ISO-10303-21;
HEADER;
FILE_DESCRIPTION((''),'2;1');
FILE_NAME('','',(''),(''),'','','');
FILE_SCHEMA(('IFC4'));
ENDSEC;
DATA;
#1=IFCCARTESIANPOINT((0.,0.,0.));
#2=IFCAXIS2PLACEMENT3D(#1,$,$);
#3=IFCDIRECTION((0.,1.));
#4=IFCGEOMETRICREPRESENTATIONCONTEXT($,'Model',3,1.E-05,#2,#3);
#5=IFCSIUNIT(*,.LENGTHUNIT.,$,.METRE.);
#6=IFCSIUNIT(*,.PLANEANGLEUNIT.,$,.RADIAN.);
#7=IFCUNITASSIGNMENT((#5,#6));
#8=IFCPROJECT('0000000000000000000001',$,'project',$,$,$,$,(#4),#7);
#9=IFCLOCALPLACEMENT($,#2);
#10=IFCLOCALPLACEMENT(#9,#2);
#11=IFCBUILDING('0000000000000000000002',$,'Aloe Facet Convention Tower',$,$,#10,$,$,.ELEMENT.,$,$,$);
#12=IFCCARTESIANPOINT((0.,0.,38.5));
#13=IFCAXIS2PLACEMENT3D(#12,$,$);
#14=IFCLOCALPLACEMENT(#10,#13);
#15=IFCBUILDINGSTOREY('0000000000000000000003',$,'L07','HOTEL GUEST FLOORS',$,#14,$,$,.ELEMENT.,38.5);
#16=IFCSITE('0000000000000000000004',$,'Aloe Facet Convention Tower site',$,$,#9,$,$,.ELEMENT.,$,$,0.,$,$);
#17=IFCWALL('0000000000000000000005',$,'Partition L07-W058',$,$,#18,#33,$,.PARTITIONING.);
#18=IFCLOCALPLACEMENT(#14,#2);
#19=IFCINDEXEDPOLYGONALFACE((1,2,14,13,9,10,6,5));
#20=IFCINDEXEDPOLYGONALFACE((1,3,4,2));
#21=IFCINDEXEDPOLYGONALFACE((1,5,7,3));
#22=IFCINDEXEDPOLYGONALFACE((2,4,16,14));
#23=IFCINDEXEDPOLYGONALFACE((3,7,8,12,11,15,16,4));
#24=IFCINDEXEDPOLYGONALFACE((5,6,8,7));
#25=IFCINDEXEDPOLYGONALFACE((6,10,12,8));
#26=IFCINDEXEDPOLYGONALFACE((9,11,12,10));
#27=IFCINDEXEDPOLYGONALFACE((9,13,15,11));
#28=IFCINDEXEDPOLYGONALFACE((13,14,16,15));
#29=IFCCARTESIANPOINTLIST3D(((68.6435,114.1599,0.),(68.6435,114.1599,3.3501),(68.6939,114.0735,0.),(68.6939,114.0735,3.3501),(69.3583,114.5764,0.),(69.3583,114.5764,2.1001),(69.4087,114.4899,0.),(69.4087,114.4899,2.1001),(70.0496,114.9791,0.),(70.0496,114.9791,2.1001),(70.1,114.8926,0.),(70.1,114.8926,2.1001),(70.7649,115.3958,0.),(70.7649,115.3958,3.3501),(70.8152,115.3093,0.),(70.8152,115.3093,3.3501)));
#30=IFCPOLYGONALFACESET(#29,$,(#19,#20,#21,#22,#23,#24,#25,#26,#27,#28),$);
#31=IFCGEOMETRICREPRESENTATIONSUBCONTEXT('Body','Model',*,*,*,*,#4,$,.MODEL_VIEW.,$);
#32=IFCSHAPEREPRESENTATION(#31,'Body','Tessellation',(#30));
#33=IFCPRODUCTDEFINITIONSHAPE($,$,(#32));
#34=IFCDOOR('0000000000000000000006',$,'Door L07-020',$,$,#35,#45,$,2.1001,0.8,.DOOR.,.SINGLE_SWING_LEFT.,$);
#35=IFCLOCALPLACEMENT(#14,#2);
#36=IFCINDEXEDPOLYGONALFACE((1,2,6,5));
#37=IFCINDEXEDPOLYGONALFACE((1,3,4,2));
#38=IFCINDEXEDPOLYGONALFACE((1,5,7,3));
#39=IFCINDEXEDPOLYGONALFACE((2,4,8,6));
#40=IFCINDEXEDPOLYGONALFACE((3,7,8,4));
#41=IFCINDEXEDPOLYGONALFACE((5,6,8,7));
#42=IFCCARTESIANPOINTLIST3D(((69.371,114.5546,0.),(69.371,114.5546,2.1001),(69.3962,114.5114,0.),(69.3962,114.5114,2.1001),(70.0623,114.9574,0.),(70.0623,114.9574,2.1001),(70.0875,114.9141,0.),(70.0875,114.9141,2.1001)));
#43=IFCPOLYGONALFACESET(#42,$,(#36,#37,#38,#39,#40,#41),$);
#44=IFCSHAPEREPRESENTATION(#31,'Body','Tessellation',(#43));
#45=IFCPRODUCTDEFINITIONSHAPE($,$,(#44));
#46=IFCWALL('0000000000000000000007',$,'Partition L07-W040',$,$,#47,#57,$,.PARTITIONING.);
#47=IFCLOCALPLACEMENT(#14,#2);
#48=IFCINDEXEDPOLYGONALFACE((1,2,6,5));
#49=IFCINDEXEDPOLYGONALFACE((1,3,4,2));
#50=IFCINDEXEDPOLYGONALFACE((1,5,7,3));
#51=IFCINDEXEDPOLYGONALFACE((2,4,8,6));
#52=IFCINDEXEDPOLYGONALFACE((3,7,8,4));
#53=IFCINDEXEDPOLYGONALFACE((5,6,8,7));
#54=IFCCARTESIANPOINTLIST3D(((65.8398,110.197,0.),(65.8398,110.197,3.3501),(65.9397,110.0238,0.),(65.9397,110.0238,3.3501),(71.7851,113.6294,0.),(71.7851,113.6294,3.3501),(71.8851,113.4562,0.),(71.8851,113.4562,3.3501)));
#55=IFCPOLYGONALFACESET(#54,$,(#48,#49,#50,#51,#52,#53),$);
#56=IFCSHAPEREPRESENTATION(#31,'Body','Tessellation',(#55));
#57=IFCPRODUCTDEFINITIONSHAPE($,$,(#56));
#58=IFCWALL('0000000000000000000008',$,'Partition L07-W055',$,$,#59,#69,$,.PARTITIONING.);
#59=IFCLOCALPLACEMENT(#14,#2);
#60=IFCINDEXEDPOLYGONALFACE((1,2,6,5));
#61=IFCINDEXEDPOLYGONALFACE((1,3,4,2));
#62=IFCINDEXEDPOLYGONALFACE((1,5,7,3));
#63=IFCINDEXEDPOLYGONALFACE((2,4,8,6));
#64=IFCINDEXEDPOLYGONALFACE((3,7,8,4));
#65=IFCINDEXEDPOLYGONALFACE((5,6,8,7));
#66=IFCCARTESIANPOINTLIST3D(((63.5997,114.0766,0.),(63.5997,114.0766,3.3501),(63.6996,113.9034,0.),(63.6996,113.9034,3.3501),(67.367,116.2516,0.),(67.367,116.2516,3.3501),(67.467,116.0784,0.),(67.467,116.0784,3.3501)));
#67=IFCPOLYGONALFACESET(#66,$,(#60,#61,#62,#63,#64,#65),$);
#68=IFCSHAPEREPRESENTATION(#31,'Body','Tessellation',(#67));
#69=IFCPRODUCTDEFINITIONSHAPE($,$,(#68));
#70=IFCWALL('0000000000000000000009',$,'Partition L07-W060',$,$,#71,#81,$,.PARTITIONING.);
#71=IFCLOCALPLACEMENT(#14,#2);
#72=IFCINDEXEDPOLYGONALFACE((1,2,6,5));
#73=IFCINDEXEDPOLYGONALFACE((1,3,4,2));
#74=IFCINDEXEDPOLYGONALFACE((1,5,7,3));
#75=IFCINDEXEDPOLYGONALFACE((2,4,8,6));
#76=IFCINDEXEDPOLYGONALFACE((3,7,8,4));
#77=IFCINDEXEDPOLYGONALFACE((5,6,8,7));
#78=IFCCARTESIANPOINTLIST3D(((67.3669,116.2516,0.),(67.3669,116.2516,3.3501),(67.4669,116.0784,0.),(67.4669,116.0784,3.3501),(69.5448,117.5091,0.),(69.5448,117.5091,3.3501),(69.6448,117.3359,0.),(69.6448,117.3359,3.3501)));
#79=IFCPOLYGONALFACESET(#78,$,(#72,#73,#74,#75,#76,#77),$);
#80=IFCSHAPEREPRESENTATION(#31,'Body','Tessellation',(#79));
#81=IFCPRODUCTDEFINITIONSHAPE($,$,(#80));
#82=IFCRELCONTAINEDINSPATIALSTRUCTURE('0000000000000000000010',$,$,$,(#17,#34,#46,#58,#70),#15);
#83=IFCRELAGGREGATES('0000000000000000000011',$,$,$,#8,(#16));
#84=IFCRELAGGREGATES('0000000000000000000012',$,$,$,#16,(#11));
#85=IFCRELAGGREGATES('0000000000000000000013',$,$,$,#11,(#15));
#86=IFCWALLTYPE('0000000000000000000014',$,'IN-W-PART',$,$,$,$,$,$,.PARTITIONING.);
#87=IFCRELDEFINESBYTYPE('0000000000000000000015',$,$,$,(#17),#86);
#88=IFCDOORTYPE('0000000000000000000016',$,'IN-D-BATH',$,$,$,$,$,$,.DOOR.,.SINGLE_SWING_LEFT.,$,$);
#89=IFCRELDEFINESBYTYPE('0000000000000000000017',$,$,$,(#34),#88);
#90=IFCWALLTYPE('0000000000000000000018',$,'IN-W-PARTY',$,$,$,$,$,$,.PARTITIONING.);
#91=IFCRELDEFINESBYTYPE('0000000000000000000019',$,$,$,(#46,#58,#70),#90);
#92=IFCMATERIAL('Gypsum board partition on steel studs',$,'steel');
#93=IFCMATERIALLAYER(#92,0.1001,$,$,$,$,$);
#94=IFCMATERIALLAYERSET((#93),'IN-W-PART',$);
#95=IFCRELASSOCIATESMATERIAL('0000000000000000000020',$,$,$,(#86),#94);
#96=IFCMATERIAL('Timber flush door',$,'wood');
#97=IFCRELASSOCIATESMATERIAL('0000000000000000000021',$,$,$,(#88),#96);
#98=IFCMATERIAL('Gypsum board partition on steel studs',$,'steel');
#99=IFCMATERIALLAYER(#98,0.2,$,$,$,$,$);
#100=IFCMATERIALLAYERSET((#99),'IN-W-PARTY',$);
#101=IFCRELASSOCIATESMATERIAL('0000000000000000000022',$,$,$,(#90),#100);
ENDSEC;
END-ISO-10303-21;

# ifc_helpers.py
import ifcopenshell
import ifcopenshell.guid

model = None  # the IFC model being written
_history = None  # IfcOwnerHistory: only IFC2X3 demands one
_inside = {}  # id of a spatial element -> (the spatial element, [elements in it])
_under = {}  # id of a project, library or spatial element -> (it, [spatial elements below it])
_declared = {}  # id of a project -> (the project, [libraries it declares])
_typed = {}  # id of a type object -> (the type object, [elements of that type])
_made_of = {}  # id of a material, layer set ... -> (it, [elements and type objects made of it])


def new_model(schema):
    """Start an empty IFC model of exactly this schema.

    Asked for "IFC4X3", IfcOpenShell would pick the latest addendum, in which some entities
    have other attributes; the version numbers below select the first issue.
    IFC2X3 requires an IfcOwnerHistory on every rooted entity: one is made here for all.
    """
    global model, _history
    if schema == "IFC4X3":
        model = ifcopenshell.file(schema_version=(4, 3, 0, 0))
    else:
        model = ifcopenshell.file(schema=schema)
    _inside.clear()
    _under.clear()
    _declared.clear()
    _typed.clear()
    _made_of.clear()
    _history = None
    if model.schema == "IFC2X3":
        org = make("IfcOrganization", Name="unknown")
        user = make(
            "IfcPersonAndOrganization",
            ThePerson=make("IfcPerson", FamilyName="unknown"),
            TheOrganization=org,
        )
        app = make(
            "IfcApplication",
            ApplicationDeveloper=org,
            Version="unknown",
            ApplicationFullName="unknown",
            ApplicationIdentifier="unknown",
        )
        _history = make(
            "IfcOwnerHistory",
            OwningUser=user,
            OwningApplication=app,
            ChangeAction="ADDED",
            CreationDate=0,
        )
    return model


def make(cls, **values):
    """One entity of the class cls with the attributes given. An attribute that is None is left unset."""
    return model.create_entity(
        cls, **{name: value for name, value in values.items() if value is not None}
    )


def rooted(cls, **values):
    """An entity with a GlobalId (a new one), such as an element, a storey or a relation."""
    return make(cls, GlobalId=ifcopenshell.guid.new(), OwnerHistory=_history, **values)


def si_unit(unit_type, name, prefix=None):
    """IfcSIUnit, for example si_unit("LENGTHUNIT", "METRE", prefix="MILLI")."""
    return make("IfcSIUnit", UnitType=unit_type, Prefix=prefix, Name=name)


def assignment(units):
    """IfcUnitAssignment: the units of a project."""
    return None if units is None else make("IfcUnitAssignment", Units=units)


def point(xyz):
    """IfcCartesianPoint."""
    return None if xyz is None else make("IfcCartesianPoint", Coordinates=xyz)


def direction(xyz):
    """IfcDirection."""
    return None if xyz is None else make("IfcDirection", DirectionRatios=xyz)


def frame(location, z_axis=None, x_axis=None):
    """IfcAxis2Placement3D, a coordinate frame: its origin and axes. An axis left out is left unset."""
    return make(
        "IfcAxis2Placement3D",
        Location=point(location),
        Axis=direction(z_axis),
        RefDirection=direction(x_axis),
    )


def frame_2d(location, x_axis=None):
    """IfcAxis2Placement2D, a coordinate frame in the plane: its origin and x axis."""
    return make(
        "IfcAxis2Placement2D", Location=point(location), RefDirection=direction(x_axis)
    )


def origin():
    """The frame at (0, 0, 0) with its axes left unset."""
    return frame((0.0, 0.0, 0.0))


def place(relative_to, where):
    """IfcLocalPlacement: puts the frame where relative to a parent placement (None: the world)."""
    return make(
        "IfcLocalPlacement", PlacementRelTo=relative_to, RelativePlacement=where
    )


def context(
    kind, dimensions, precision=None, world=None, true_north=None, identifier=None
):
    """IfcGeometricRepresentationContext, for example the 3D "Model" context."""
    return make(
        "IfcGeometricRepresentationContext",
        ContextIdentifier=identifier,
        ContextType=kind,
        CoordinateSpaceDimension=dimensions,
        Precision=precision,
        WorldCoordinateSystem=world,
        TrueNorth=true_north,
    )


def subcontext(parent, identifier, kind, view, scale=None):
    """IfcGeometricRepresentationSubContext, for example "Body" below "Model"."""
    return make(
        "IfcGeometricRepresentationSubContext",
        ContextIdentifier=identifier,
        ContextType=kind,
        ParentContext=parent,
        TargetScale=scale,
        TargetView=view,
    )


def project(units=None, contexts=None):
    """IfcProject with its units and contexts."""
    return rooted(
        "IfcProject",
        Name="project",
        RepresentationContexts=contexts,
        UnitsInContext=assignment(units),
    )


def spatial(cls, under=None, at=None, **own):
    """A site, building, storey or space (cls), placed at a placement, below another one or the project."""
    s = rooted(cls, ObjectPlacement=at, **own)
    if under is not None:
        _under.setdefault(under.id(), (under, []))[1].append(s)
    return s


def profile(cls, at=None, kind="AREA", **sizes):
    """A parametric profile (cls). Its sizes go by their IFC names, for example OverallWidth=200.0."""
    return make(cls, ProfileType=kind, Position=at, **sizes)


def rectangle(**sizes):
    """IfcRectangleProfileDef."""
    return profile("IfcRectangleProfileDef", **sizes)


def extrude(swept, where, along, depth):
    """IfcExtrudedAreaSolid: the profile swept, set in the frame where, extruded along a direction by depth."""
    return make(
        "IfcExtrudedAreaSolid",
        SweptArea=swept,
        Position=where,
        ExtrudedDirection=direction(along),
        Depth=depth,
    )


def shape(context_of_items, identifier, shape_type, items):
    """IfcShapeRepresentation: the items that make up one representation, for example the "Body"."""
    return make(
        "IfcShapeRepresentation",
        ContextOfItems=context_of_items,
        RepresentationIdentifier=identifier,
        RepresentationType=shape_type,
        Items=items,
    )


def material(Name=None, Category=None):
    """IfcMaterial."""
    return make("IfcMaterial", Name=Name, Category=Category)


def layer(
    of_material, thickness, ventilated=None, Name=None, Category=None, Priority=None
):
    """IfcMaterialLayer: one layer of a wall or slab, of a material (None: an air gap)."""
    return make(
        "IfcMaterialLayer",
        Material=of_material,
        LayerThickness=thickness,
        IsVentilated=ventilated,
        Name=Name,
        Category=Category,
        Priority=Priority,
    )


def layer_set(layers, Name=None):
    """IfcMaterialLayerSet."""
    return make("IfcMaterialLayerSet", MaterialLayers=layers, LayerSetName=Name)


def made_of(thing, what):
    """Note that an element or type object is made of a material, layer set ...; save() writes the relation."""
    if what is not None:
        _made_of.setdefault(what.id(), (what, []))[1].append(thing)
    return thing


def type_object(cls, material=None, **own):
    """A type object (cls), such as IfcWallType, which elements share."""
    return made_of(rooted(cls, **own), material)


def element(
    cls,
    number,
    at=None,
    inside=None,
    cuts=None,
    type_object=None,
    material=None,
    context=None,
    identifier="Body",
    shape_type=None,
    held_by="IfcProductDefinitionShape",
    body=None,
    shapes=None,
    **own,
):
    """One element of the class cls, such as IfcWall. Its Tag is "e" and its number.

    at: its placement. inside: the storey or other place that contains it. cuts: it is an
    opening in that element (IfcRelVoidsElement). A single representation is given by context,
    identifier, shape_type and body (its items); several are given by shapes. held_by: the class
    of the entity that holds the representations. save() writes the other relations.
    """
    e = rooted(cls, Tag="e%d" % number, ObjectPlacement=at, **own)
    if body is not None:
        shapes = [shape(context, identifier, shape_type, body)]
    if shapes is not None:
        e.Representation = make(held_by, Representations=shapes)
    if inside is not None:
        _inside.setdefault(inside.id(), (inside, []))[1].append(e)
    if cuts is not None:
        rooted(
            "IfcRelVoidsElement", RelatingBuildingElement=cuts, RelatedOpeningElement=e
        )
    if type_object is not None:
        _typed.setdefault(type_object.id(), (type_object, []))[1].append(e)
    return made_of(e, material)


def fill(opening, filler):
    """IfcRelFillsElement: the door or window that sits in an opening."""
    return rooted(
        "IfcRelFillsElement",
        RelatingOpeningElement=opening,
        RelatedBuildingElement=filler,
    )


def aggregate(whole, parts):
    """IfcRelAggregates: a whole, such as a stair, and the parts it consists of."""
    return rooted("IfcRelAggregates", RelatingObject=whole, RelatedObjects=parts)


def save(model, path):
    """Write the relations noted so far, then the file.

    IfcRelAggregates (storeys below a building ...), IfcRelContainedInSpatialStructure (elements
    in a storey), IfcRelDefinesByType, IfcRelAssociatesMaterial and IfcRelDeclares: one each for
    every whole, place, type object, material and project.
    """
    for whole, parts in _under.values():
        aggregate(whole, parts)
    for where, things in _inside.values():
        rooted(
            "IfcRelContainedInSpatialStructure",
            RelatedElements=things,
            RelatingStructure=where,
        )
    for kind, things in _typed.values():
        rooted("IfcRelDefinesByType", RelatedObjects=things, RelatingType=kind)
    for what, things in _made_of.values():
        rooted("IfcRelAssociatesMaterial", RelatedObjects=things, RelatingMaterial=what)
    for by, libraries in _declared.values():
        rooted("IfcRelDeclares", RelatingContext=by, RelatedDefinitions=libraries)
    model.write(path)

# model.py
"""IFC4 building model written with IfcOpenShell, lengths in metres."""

from ifc_helpers import new_model, si_unit, direction, frame, frame_2d, origin, place, context, subcontext, project, spatial, rectangle, extrude, material, layer, layer_set, type_object, element, fill, save


model = new_model("IFC4")

# Units and contexts
model_context = context("Model", 3, precision=1e-05, world=origin(), true_north=direction((0.0, 1.0)))
body_context = subcontext(model_context, "Body", "Model", "MODEL_VIEW")
ifc_project = project(units=[si_unit("LENGTHUNIT", "METRE"), si_unit("PLANEANGLEUNIT", "RADIAN")], contexts=[model_context])

# Site, building, storey
site_placement = place(None, origin())
site = spatial("IfcSite", under=ifc_project, at=site_placement, Name="Aloe Facet Convention Tower site", CompositionType="ELEMENT", RefElevation=0.0)
building_placement = place(site_placement, origin())
building = spatial("IfcBuilding", under=site, at=building_placement, Name="Aloe Facet Convention Tower", CompositionType="ELEMENT")
storey_placement = place(building_placement, frame((0.0, 0.0, 38.5)))
storey = spatial("IfcBuildingStorey", under=building, at=storey_placement, Name="L07", Description="HOTEL GUEST FLOORS", CompositionType="ELEMENT", Elevation=38.5)

# Shared definitions
ifc_material_1 = material(Name="Gypsum board partition on steel studs", Category="steel")
ifc_layer_1 = layer(ifc_material_1, 0.1001)
ifc_layer_set_1 = layer_set([ifc_layer_1], Name="IN-W-PART")
wall_type_1 = type_object("IfcWallType", Name="IN-W-PART", PredefinedType="PARTITIONING", material=ifc_layer_set_1)

# Shared definitions
ifc_material_2 = material(Name="Timber flush door", Category="wood")
door_type_1 = type_object("IfcDoorType", Name="IN-D-BATH", OperationType="SINGLE_SWING_LEFT", PredefinedType="DOOR", material=ifc_material_2)

# Wall, opening, door
wall_1_placement = place(storey_placement, frame((68.6687, 114.1167, 0.0), z_axis=(0.0, 0.0, 1.0), x_axis=(0.864064, 0.503382, 0.0)))
wall_1 = element("IfcWall", 1, at=wall_1_placement, inside=storey, type_object=wall_type_1, Name="Partition L07-W058", PredefinedType="PARTITIONING", context=body_context, shape_type="SweptSolid", body=[
    extrude(rectangle(XDim=2.4551, YDim=0.1001, at=frame_2d((1.2275, 0.0))), origin(), (0.0, 0.0, 1.0), 3.3501),
])
opening_1_placement = place(wall_1_placement, frame((0.8274, 0.0, 0.0)))
opening_1 = element("IfcOpeningElement", 2, at=opening_1_placement, cuts=wall_1, PredefinedType="OPENING", context=body_context, shape_type="SweptSolid", body=[
    extrude(rectangle(XDim=0.8, YDim=2.1001, at=frame_2d((0.3999, 1.05))), frame((0.0, 0.0601, 0.0), z_axis=(0.0, -1.0, 0.0), x_axis=(1.0, 0.0, 0.0)), (0.0, 0.0, 1.0), 0.1201),
])
door_1_placement = place(opening_1_placement, origin())
door_1 = element("IfcDoor", 3, at=door_1_placement, inside=storey, type_object=door_type_1, Name="Door L07-020", OperationType="SINGLE_SWING_LEFT", OverallHeight=2.1001, OverallWidth=0.8, PredefinedType="DOOR", context=body_context, shape_type="SweptSolid", body=[
    extrude(rectangle(XDim=0.8, YDim=2.1001, at=frame_2d((0.3999, 1.05))), frame((0.0, 0.0249, 0.0), z_axis=(0.0, -1.0, 0.0), x_axis=(1.0, 0.0, 0.0)), (0.0, 0.0, 1.0), 0.05),
])
fill(opening_1, door_1)

# Walls
ifc_material_3 = material(Name="Gypsum board partition on steel studs", Category="steel")
ifc_layer_2 = layer(ifc_material_3, 0.2)
ifc_layer_set_2 = layer_set([ifc_layer_2], Name="IN-W-PARTY")
wall_type_2 = type_object("IfcWallType", Name="IN-W-PARTY", PredefinedType="PARTITIONING", material=ifc_layer_set_2)
wall_2_placement = place(storey_placement, frame((65.8896, 110.1104, 0.0), z_axis=(0.0, 0.0, 1.0), x_axis=(0.866035, 0.499983, 0.0)))
element("IfcWall", 4, at=wall_2_placement, inside=storey, type_object=wall_type_2, Name="Partition L07-W040", PredefinedType="PARTITIONING", context=body_context, shape_type="SweptSolid", body=[
    extrude(rectangle(XDim=6.865, YDim=0.2, at=frame_2d((3.4326, 0.0))), origin(), (0.0, 0.0, 1.0), 3.3501),
])
wall_3_placement = place(storey_placement, frame((63.6497, 113.99, 0.0), z_axis=(0.0, 0.0, 1.0), x_axis=(0.866028, 0.499996, 0.0)))
element("IfcWall", 5, at=wall_3_placement, inside=storey, type_object=wall_type_2, Name="Partition L07-W055", PredefinedType="PARTITIONING", context=body_context, shape_type="SweptSolid", body=[
    extrude(rectangle(XDim=4.3501, YDim=0.2, at=frame_2d((2.175, 0.0))), origin(), (0.0, 0.0, 1.0), 3.3501),
])
wall_4_placement = place(storey_placement, frame((67.417, 116.165, 0.0), z_axis=(0.0, 0.0, 1.0), x_axis=(0.866006, 0.500033, 0.0)))
element("IfcWall", 6, at=wall_4_placement, inside=storey, type_object=wall_type_2, Name="Partition L07-W060", PredefinedType="PARTITIONING", context=body_context, shape_type="SweptSolid", body=[
    extrude(rectangle(XDim=2.5149, YDim=0.2, at=frame_2d((1.2573, 0.0))), origin(), (0.0, 0.0, 1.0), 3.3501),
])

save(model, "model.ifc")
